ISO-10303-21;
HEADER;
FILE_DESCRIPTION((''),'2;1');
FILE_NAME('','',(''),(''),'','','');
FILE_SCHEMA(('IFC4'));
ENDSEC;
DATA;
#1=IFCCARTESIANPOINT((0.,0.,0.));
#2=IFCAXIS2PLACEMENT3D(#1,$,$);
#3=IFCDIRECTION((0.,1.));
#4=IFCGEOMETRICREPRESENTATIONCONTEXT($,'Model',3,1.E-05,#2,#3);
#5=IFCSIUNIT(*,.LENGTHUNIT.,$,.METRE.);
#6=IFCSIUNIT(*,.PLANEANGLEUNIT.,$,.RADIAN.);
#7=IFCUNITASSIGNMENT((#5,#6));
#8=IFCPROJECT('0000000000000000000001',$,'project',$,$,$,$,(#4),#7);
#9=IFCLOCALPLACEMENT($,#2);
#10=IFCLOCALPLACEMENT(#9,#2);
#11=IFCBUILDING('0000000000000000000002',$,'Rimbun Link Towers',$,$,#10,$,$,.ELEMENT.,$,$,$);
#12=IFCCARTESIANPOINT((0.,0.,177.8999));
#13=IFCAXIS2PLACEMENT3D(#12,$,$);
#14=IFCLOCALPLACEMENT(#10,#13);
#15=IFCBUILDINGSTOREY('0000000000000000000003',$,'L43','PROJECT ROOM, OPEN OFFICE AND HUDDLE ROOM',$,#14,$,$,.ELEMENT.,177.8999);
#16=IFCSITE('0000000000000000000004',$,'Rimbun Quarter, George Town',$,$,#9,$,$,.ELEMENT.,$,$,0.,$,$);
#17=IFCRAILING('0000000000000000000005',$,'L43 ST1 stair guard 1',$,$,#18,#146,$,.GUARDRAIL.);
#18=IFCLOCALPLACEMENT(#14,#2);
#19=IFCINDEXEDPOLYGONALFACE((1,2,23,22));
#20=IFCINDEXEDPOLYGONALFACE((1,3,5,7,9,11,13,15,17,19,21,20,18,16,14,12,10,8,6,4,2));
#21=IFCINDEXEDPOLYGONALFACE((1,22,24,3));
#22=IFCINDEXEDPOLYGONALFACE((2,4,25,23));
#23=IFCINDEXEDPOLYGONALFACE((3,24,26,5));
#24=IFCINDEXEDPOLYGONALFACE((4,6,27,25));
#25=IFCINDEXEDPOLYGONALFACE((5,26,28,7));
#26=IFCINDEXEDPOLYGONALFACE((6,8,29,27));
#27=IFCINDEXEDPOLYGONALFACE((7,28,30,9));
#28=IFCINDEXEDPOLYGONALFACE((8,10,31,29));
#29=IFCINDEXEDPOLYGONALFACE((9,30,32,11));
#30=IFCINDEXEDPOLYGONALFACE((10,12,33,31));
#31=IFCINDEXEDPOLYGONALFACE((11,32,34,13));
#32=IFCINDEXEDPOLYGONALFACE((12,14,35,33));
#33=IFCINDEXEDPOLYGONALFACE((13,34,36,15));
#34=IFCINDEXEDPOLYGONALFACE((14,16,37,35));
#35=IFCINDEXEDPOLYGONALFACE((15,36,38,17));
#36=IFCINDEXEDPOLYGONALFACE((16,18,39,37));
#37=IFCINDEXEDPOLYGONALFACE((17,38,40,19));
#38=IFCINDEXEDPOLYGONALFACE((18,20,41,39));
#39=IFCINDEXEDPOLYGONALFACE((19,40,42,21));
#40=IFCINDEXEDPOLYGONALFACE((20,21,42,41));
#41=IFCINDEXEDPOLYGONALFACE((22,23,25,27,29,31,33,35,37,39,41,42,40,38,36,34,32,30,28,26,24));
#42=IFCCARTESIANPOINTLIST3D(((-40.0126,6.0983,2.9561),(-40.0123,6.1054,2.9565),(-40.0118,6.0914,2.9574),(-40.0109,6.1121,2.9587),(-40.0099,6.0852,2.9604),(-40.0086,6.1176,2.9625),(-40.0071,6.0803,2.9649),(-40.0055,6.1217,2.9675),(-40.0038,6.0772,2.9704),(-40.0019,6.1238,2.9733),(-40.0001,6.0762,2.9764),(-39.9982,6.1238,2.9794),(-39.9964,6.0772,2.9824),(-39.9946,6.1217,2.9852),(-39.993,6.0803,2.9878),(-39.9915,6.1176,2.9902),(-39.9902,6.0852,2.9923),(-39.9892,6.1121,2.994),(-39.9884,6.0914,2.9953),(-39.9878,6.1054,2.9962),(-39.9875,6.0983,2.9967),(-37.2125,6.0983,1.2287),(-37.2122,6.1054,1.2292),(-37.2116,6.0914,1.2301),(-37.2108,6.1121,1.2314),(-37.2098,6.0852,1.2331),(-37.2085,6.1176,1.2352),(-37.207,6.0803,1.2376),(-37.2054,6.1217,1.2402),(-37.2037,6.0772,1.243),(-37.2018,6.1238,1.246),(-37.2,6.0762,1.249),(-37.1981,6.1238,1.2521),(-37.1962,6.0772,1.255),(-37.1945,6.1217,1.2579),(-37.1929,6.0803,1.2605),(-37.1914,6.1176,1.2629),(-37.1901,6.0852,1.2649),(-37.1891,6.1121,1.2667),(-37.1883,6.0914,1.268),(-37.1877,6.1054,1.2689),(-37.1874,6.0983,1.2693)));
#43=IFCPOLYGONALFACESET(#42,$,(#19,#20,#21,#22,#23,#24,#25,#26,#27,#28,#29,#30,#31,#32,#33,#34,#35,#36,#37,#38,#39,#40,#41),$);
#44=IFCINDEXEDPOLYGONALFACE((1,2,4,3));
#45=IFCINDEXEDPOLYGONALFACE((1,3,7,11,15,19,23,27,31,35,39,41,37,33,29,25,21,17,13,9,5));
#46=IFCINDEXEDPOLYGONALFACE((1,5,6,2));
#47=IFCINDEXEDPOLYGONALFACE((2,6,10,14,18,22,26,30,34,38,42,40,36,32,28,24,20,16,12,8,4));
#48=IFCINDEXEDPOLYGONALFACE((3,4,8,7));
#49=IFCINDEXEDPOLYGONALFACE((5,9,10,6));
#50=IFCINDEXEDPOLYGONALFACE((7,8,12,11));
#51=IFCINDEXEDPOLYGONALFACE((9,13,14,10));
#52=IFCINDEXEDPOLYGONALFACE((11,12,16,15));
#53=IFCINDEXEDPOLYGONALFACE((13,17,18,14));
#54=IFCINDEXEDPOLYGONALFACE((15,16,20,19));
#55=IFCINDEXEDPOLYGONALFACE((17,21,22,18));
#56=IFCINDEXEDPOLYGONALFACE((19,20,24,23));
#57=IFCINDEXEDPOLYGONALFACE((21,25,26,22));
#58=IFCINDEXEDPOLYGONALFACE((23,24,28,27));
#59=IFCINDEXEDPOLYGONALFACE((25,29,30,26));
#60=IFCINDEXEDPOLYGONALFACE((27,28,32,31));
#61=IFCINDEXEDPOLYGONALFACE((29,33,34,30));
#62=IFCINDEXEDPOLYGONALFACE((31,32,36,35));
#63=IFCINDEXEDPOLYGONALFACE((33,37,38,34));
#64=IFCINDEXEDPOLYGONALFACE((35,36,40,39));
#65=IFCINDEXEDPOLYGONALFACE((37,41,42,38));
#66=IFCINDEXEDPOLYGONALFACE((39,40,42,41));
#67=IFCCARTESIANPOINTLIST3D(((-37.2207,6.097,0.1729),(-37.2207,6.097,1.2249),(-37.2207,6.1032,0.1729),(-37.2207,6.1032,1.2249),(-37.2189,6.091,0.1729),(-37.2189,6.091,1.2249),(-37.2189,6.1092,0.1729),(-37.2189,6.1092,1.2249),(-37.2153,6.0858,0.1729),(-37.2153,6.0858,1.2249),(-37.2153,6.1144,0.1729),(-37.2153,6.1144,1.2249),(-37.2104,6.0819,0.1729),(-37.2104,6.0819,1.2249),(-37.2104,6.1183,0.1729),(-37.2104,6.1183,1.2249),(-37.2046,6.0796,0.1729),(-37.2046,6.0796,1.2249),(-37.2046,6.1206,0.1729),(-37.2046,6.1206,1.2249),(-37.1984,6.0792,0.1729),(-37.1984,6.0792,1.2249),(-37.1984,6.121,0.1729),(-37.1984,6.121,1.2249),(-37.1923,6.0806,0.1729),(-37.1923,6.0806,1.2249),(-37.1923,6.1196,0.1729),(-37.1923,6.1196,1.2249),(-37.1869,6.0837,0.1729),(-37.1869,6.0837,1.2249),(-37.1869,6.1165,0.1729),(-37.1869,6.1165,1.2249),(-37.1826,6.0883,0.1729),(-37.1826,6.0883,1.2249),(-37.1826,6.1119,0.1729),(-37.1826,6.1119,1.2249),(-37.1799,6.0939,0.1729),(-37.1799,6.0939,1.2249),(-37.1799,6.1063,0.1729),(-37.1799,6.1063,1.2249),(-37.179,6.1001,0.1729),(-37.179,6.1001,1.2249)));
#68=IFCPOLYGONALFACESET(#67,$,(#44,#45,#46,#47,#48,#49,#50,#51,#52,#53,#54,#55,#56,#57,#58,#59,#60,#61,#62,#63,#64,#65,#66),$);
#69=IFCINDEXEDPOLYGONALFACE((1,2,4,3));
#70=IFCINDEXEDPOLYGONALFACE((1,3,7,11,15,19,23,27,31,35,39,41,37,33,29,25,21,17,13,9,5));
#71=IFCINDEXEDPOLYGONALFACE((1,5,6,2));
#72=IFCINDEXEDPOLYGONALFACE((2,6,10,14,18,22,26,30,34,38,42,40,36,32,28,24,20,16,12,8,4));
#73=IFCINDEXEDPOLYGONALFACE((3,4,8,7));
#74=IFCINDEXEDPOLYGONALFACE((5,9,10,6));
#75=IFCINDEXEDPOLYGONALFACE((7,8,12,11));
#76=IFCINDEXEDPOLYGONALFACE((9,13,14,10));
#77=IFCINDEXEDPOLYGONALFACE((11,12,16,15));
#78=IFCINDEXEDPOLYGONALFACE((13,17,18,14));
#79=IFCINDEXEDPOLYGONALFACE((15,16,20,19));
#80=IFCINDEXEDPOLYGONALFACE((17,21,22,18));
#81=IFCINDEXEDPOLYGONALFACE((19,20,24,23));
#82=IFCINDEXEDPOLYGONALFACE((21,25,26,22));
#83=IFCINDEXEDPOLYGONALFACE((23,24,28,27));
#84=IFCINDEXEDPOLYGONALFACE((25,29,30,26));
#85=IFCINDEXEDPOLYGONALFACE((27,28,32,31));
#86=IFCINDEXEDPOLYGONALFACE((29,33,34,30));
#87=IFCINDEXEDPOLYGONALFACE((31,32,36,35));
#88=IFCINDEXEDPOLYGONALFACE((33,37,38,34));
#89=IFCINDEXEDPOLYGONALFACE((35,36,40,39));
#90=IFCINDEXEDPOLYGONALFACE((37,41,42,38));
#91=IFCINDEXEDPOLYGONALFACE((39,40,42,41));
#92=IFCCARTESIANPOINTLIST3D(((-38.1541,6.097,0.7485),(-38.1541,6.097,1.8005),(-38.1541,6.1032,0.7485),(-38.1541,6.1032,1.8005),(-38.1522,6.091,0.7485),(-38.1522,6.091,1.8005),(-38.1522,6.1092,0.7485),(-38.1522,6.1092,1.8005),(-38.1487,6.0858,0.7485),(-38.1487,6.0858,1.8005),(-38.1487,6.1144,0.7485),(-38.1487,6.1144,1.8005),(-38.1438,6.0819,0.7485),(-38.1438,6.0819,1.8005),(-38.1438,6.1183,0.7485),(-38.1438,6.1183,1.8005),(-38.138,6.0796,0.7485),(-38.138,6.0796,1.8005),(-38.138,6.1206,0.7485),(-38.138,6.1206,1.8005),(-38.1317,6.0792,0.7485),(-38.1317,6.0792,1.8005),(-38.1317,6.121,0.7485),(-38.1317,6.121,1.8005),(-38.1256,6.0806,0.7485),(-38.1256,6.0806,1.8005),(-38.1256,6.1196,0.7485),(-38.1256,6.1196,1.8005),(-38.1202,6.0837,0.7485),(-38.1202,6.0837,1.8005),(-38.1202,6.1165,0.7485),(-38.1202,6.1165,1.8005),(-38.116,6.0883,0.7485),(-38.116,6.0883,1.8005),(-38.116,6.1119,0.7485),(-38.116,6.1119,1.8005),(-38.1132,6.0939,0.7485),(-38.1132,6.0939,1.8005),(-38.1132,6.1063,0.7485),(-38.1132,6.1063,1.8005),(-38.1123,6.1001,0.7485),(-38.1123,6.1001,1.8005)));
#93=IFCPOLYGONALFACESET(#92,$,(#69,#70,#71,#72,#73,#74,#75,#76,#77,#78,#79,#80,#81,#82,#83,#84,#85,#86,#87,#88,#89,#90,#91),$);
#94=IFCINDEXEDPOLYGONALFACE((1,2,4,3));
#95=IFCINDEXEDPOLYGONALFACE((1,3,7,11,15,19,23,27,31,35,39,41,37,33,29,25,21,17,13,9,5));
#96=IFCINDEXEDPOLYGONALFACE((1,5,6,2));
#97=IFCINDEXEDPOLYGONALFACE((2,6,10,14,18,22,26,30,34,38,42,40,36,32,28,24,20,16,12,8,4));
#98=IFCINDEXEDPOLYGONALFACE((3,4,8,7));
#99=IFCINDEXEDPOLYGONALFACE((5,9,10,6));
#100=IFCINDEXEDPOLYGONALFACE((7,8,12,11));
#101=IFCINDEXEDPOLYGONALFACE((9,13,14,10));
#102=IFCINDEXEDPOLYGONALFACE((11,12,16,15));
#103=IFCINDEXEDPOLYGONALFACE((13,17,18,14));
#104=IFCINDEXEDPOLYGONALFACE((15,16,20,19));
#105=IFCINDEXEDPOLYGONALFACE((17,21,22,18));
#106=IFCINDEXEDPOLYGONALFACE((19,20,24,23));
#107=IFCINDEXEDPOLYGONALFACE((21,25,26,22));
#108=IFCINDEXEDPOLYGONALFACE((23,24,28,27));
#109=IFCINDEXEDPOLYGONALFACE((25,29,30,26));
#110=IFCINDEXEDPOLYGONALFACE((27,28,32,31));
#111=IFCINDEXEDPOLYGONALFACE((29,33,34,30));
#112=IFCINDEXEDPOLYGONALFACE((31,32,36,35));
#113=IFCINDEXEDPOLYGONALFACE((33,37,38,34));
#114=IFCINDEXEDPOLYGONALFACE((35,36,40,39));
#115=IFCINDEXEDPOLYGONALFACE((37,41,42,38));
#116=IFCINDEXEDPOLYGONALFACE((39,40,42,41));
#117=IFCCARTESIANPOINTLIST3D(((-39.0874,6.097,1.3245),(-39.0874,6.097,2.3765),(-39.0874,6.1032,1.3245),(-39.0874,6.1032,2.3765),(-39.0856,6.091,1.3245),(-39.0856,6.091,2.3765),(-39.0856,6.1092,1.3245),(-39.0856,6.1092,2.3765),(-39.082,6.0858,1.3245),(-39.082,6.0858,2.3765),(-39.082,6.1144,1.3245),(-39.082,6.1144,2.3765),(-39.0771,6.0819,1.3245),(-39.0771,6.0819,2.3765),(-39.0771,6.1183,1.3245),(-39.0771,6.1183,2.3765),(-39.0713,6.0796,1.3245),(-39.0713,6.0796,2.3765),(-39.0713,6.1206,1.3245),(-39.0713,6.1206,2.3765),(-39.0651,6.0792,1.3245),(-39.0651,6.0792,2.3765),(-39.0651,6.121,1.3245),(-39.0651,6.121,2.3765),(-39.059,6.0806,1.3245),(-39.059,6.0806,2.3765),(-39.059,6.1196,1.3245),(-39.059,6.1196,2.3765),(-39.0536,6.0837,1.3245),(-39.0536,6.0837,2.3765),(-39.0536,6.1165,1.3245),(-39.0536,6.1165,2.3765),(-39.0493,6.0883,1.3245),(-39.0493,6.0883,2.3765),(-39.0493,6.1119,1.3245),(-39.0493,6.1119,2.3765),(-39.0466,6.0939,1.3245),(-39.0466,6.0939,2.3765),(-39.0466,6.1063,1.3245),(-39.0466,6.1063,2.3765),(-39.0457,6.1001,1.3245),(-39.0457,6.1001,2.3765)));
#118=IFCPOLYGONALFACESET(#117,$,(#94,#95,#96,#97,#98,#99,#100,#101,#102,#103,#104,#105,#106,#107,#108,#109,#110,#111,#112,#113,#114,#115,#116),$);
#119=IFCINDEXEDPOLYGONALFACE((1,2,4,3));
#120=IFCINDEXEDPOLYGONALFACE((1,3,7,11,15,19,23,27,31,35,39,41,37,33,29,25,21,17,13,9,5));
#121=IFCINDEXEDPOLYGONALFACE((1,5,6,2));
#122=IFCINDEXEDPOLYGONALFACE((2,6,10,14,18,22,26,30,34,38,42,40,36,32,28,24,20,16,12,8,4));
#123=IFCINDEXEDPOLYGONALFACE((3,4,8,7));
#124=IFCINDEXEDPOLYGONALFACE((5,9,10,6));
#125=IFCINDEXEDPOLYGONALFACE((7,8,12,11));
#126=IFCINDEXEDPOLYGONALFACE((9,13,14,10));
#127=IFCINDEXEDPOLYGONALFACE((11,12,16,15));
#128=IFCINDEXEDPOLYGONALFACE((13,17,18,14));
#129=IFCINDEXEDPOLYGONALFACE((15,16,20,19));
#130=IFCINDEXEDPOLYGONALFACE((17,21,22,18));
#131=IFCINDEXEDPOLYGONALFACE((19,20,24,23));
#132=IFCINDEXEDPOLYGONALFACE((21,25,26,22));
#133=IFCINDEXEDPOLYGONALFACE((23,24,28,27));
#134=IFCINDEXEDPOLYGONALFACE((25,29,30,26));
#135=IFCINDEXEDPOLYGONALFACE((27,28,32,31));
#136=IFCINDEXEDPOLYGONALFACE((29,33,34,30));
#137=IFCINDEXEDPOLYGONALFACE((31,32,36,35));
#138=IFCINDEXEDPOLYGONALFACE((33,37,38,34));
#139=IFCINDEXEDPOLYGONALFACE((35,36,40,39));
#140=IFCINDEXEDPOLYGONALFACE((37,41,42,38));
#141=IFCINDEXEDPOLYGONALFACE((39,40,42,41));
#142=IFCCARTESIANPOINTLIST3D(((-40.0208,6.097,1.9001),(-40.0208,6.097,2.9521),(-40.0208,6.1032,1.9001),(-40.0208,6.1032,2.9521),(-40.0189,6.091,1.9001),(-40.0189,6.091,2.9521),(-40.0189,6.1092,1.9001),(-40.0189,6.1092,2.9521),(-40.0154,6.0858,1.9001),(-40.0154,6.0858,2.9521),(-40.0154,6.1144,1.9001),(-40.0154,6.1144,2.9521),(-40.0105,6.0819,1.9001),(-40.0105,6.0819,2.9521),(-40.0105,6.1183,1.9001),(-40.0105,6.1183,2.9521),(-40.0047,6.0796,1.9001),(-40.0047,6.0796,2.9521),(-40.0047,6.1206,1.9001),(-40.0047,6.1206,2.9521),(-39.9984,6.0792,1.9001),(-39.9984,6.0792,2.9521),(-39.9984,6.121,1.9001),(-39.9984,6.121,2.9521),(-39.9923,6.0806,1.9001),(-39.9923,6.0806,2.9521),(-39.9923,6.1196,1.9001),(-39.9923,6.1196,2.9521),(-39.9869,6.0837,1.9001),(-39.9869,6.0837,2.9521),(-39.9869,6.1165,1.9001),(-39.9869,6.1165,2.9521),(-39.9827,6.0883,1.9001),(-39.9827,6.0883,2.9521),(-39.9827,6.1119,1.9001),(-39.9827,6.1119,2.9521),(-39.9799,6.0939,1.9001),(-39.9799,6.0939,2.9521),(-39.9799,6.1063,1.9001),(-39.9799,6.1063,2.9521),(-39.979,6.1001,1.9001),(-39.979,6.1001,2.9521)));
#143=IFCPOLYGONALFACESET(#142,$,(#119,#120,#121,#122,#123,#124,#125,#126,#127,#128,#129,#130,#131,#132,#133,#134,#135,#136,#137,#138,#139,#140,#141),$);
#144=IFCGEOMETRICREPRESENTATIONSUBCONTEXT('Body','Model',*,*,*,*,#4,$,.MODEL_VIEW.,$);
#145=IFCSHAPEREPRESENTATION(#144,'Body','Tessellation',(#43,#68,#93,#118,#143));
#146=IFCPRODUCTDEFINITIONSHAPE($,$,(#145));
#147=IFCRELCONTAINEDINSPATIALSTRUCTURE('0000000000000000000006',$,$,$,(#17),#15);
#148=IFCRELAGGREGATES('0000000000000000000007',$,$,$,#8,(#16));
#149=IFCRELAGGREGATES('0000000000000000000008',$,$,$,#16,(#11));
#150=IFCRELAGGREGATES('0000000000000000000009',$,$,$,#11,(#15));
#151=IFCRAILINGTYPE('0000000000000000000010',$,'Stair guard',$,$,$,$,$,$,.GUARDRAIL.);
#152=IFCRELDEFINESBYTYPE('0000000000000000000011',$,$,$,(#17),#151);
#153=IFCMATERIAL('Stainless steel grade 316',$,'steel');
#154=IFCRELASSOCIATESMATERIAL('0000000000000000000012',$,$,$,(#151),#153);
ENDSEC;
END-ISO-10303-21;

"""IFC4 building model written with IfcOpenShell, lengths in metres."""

from ifc_helpers import new_model, si_unit, direction, frame, origin, origin_2d, place, context, subcontext, project, spatial, circle, extrude, material, type_object, element, save


model = new_model("IFC4")

# Units and contexts
model_context = context("Model", 3, precision=1e-05, world=origin(), true_north=direction((0.0, 1.0)))
body_context = subcontext(model_context, "Body", "Model", "MODEL_VIEW")
ifc_project = project(units=[si_unit("LENGTHUNIT", "METRE"), si_unit("PLANEANGLEUNIT", "RADIAN")], contexts=[model_context])

# Site, building, storey
site_placement = place(None, origin())
site = spatial("IfcSite", under=ifc_project, at=site_placement, Name="Rimbun Quarter, George Town", CompositionType="ELEMENT", RefElevation=0.0)
building_placement = place(site_placement, origin())
building = spatial("IfcBuilding", under=site, at=building_placement, Name="Rimbun Link Towers", CompositionType="ELEMENT")
storey_placement = place(building_placement, frame((0.0, 0.0, 177.8999)))
storey = spatial("IfcBuildingStorey", under=building, at=storey_placement, Name="L43", Description="PROJECT ROOM, OPEN OFFICE AND HUDDLE ROOM", CompositionType="ELEMENT", Elevation=177.8999)

# Railing
ifc_material_1 = material(Name="Stainless steel grade 316", Category="steel")
railing_type_1 = type_object("IfcRailingType", Name="Stair guard", PredefinedType="GUARDRAIL", material=ifc_material_1)
railing_1_placement = place(storey_placement, frame((-37.2, 6.1001, 0.1729)))
element("IfcRailing", 1, at=railing_1_placement, inside=storey, type_object=railing_type_1, Name="L43 ST1 stair guard 1", PredefinedType="GUARDRAIL", context=body_context, shape_type="SweptSolid", body=[
    extrude(circle(Radius=0.0239, at=origin_2d()), frame((0.0, 0.0, 1.0762), z_axis=(-0.85109, 0.0, 0.52502), x_axis=(0.0, -1.0, 0.0)), (0.0, 0.0, 1.0), 3.29),
    extrude(circle(Radius=0.021, at=origin_2d()), origin(), (0.0, 0.0, 1.0), 1.052),
    extrude(circle(Radius=0.021, at=origin_2d()), frame((-0.9333, 0.0, 0.5757)), (0.0, 0.0, 1.0), 1.052),
    extrude(circle(Radius=0.021, at=origin_2d()), frame((-1.8667, 0.0, 1.1516)), (0.0, 0.0, 1.0), 1.052),
    extrude(circle(Radius=0.021, at=origin_2d()), frame((-2.8, 0.0, 1.7273)), (0.0, 0.0, 1.0), 1.052),
])

save(model, "model.ifc")
